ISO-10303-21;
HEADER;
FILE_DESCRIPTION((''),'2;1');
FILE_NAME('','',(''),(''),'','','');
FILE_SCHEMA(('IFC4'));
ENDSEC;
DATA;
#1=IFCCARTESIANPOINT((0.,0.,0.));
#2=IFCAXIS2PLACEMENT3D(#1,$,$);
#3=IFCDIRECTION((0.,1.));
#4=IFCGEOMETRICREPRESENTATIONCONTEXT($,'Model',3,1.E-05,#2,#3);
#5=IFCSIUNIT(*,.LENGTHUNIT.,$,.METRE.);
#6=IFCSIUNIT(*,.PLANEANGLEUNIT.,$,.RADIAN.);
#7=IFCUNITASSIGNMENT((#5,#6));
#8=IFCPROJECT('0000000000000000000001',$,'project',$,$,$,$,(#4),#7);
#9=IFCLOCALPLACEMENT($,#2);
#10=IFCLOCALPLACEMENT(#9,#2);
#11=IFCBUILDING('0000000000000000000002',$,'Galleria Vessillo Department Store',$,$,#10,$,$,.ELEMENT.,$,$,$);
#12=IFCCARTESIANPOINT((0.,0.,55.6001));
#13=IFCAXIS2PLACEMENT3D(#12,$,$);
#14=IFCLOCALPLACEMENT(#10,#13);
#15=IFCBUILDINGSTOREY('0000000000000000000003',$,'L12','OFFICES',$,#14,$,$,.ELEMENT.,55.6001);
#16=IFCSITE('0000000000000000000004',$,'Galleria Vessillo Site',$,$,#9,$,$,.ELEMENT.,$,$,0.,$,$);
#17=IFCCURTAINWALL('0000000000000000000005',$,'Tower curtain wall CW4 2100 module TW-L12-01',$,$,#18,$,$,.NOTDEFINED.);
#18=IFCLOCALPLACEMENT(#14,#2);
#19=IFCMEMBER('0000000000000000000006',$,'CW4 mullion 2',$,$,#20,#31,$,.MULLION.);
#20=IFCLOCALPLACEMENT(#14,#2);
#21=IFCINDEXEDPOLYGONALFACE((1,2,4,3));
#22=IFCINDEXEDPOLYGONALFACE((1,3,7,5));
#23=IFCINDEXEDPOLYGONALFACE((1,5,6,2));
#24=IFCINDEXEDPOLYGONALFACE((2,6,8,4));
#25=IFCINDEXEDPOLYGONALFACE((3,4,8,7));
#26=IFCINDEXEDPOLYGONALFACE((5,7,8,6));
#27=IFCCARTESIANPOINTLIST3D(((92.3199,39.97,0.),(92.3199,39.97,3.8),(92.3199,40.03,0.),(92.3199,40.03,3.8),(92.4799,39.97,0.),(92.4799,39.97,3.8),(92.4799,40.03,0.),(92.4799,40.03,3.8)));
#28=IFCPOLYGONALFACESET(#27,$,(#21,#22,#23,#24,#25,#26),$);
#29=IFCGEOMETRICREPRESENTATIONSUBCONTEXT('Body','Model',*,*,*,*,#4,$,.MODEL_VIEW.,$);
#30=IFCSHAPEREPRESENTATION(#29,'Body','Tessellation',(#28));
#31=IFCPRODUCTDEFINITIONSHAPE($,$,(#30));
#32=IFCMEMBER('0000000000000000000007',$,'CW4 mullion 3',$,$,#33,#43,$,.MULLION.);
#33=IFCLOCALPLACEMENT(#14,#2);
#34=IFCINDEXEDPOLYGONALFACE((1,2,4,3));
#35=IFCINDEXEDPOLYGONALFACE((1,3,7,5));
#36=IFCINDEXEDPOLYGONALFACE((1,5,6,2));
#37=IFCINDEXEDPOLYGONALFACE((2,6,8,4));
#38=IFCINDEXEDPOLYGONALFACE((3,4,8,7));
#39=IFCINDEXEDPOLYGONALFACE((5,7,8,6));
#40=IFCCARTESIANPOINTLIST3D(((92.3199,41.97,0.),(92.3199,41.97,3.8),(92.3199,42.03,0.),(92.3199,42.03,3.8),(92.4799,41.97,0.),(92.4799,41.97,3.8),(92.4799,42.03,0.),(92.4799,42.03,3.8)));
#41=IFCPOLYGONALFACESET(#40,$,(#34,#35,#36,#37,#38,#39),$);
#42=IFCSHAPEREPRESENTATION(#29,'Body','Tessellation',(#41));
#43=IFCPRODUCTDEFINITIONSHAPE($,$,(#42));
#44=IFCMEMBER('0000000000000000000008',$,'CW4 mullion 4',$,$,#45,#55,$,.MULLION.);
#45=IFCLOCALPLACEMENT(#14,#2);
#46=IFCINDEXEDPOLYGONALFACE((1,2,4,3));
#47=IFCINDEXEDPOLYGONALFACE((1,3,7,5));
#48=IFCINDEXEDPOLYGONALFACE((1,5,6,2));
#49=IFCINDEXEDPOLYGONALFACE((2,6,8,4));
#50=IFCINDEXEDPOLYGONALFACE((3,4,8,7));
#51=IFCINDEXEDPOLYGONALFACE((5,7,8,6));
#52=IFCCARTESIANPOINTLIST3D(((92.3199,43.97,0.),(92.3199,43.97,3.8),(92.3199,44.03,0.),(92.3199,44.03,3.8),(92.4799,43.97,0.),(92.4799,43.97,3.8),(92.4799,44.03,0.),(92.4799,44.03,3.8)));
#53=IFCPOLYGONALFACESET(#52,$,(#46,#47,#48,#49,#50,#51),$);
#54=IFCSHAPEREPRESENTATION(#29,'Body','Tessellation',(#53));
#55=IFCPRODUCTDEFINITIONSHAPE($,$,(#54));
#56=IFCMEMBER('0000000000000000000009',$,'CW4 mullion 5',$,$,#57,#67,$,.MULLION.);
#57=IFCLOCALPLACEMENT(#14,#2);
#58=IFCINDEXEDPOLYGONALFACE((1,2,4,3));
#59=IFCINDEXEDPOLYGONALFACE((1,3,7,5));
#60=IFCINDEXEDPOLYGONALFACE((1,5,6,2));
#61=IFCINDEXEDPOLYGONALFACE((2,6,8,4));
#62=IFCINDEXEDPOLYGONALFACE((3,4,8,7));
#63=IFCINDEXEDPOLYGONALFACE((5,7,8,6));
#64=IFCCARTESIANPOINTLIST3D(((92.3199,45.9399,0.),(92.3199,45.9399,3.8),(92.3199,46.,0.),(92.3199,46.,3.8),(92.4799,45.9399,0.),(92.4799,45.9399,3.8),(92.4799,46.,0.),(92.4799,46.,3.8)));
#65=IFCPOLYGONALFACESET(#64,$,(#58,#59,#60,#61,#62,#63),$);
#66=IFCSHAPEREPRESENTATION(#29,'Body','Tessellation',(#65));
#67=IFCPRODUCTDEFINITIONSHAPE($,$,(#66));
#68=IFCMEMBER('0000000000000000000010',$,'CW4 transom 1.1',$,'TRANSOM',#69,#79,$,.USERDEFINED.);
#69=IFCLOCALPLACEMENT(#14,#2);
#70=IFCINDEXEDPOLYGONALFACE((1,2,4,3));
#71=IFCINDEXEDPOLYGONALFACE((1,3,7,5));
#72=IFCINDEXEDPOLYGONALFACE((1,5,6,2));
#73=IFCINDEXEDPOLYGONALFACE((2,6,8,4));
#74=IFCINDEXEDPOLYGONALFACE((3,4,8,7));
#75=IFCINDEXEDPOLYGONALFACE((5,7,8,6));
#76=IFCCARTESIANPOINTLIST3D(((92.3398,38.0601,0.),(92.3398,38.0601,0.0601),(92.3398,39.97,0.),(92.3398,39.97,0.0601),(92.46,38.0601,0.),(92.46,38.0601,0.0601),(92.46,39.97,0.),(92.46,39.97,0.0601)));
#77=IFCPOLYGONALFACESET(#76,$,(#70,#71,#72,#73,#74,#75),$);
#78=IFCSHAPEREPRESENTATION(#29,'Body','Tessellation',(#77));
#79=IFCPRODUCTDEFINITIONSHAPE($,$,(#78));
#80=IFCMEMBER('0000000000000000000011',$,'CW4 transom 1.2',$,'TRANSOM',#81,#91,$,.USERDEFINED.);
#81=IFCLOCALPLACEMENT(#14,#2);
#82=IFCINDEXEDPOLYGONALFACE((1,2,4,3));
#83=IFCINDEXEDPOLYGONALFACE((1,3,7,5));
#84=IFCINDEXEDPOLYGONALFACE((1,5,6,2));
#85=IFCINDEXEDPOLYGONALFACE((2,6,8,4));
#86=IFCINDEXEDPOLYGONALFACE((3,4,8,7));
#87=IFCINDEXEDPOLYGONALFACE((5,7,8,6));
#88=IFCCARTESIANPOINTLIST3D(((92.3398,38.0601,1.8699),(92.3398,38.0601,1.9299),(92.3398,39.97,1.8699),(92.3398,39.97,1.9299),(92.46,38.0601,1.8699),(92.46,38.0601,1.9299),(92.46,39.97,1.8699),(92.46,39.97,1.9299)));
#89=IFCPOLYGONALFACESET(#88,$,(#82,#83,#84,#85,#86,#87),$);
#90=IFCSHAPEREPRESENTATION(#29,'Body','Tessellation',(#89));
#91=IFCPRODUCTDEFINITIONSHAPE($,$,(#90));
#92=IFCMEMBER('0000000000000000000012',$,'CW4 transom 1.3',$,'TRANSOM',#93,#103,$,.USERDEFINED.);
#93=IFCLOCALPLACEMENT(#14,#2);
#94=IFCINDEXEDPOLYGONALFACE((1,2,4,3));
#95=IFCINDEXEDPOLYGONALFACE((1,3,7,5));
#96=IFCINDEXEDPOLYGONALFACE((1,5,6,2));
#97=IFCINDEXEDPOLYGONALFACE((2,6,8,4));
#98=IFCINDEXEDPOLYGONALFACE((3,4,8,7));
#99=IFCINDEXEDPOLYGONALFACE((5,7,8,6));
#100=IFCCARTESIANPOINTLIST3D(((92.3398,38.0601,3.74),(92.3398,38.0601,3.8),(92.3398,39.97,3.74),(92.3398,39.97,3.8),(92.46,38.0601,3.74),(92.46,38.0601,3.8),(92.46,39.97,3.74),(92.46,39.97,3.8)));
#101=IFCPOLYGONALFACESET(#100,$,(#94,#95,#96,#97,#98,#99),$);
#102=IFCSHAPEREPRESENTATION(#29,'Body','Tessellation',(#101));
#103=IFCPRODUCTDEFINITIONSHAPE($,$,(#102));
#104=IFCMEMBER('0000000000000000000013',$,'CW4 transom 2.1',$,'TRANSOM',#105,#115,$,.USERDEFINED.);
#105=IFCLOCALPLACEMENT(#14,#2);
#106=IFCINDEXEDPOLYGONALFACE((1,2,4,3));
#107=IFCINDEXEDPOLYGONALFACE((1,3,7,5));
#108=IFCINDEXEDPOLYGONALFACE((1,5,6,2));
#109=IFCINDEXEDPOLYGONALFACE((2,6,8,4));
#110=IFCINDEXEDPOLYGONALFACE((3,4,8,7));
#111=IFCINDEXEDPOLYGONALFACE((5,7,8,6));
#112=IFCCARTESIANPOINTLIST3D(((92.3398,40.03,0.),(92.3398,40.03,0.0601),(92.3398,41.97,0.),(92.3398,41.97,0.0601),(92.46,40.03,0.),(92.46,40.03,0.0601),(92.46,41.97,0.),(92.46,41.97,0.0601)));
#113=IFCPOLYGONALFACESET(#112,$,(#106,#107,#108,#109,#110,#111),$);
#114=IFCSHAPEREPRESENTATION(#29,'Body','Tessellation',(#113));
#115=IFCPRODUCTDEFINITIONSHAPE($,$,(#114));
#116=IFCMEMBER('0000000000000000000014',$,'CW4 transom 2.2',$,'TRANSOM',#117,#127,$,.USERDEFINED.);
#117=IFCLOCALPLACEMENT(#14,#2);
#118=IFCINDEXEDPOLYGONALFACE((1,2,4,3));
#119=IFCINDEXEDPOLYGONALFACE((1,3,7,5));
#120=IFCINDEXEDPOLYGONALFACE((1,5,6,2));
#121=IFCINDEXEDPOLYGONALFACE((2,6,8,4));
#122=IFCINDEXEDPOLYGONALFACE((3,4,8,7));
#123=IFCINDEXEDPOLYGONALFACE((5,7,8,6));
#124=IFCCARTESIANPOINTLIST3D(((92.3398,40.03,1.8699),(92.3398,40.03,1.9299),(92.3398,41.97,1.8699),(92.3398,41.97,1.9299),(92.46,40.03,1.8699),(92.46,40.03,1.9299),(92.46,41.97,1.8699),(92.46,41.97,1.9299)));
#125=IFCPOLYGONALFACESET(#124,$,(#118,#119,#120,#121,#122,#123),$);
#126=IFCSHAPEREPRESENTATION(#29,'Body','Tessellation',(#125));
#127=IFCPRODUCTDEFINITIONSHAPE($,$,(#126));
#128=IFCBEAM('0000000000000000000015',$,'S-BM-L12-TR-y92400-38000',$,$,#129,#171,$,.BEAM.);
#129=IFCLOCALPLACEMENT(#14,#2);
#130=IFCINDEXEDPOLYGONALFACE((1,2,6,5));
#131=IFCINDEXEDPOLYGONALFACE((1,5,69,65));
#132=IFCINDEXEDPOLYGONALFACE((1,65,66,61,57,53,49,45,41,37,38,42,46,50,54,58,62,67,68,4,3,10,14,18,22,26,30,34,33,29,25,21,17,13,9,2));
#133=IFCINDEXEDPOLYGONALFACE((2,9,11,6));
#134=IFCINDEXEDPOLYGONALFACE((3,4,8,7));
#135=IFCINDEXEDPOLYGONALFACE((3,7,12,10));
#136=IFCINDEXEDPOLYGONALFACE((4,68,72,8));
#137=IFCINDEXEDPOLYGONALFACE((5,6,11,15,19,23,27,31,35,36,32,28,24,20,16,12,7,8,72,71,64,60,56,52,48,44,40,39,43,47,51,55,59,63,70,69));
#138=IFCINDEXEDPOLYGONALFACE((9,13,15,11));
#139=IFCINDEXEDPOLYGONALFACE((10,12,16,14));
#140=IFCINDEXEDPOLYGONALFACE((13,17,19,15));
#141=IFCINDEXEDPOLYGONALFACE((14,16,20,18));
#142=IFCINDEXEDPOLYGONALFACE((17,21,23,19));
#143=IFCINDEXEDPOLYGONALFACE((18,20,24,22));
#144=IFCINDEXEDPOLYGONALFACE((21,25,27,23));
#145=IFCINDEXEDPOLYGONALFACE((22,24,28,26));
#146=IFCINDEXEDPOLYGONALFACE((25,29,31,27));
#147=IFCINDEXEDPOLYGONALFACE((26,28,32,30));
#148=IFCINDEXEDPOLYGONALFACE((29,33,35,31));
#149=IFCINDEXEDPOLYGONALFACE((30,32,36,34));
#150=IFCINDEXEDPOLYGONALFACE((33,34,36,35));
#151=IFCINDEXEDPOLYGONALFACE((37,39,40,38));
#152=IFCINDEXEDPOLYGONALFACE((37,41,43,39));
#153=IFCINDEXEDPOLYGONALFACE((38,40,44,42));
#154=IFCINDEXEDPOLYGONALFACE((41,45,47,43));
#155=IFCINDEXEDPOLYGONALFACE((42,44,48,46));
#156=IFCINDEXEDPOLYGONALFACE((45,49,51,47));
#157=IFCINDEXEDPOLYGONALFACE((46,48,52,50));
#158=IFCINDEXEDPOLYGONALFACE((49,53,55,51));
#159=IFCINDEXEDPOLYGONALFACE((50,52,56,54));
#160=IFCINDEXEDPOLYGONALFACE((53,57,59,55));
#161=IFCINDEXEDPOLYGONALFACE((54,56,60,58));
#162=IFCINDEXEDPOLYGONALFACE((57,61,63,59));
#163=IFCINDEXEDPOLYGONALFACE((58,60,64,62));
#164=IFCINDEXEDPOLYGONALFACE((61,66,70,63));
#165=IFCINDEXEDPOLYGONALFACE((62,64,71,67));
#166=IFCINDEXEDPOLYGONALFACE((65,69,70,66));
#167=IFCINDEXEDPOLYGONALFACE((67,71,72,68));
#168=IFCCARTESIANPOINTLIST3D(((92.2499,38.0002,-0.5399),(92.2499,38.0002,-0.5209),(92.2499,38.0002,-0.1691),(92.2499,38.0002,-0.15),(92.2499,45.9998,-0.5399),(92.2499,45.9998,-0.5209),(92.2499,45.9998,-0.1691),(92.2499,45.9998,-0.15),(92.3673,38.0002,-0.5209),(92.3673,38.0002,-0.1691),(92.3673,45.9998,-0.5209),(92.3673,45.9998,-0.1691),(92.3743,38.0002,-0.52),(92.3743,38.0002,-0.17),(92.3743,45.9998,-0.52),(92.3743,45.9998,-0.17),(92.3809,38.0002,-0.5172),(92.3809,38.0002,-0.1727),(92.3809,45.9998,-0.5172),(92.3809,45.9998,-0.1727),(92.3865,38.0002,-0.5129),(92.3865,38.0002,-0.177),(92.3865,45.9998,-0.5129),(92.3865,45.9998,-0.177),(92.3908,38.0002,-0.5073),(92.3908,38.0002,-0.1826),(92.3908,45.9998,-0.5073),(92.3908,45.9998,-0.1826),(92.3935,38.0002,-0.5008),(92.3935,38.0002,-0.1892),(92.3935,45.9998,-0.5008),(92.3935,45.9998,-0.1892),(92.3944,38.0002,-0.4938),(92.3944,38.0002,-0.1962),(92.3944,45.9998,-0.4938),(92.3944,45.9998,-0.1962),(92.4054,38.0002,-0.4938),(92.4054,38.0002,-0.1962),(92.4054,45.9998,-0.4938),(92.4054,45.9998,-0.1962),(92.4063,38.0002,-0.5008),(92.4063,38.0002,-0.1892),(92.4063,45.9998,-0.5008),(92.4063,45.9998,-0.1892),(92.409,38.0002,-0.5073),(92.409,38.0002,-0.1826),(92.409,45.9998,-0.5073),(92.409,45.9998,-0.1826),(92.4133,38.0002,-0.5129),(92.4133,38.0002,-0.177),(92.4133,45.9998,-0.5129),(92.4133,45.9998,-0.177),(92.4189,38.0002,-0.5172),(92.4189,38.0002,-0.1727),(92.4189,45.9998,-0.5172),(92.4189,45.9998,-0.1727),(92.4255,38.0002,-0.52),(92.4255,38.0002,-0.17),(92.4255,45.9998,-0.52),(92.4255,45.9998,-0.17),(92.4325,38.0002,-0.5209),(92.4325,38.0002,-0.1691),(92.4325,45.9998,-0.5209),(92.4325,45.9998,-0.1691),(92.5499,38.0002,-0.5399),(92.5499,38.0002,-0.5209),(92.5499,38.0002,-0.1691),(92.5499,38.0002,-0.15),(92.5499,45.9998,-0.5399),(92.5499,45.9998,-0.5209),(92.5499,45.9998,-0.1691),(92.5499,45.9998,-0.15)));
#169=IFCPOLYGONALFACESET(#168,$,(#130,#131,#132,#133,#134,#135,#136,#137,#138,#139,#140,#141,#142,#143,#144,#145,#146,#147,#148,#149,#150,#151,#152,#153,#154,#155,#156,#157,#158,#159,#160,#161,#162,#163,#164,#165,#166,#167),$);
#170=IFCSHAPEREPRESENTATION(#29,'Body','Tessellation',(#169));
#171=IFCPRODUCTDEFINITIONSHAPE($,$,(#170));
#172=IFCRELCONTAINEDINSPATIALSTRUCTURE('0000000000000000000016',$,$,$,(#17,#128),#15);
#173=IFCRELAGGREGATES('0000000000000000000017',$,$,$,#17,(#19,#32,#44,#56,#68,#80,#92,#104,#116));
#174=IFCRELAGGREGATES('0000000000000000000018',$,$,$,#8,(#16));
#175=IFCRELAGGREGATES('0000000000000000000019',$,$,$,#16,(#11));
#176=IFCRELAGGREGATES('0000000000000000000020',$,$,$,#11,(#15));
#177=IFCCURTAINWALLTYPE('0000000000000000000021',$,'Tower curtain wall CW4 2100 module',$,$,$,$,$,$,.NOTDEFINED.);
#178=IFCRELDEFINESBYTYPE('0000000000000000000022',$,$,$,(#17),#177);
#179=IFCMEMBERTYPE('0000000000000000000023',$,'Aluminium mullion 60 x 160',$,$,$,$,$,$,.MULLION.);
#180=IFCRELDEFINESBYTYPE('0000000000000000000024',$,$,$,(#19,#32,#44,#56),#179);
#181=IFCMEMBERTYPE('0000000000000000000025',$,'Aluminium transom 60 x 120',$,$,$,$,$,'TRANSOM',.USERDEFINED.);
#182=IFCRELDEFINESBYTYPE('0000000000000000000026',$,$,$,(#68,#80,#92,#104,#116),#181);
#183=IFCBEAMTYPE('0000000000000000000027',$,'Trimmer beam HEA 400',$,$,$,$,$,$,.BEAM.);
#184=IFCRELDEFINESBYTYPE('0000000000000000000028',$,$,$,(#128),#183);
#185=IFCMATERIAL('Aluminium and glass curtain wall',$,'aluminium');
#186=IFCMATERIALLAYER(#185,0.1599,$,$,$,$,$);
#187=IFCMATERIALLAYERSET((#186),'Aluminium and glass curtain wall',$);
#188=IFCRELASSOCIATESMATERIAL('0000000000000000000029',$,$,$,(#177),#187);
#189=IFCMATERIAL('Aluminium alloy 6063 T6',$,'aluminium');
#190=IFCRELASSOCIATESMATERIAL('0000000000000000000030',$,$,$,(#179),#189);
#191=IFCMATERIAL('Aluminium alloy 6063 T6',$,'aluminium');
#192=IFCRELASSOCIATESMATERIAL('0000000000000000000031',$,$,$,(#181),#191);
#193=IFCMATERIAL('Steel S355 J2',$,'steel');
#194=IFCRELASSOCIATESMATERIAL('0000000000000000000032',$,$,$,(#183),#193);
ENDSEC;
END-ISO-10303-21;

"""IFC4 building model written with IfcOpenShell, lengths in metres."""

from ifc_helpers import new_model, si_unit, direction, frame, origin, origin_2d, place, context, subcontext, project, spatial, rectangle, i_section, extrude, material, layer, layer_set, material_profile, profile_set, type_object, element, aggregate, save


model = new_model("IFC4")

# Units and contexts
model_context = context("Model", 3, precision=1e-05, world=origin(), true_north=direction((0.0, 1.0)))
body_context = subcontext(model_context, "Body", "Model", "MODEL_VIEW")
ifc_project = project(units=[si_unit("LENGTHUNIT", "METRE"), si_unit("PLANEANGLEUNIT", "RADIAN")], contexts=[model_context])

# Site, building, storey
site_placement = place(None, origin())
site = spatial("IfcSite", under=ifc_project, at=site_placement, Name="Galleria Vessillo Site", CompositionType="ELEMENT", RefElevation=0.0)
building_placement = place(site_placement, origin())
building = spatial("IfcBuilding", under=site, at=building_placement, Name="Galleria Vessillo Department Store", CompositionType="ELEMENT")
storey_placement = place(building_placement, frame((0.0, 0.0, 55.6001)))
storey = spatial("IfcBuildingStorey", under=building, at=storey_placement, Name="L12", Description="OFFICES", CompositionType="ELEMENT", Elevation=55.6001)

# Curtain wall, members
ifc_material_1 = material(Name="Aluminium and glass curtain wall", Category="aluminium")
ifc_layer_1 = layer(ifc_material_1, 0.1599)
ifc_layer_set_1 = layer_set([ifc_layer_1], Name="Aluminium and glass curtain wall")
curtain_wall_type = type_object("IfcCurtainWallType", Name="Tower curtain wall CW4 2100 module", PredefinedType="NOTDEFINED", material=ifc_layer_set_1)
curtain_wall_placement = place(storey_placement, origin())
curtain_wall = element("IfcCurtainWall", 1, at=curtain_wall_placement, inside=storey, type_object=curtain_wall_type, Name="Tower curtain wall CW4 2100 module TW-L12-01", PredefinedType="NOTDEFINED")
ifc_material_2 = material(Name="Aluminium alloy 6063 T6", Category="aluminium")
ifc_material_profile_1 = material_profile(ifc_material_2, rectangle(XDim=0.1599, YDim=0.0601, at=origin_2d()), Name="AL 60x160")
ifc_profile_set_1 = profile_set([ifc_material_profile_1], Name="Aluminium alloy 6063 T6")
member_type_1 = type_object("IfcMemberType", Name="Aluminium mullion 60 x 160", PredefinedType="MULLION", material=ifc_profile_set_1)
member_1_placement = place(storey_placement, frame((92.3999, 40.0, 0.0), z_axis=(0.0, 0.0, 1.0), x_axis=(-1.0, 0.0, 0.0)))
member_1 = element("IfcMember", 2, at=member_1_placement, type_object=member_type_1, Name="CW4 mullion 2", PredefinedType="MULLION", context=body_context, shape_type="SweptSolid", body=[
    extrude(rectangle(XDim=0.1599, YDim=0.0601, at=origin_2d()), origin(), (0.0, 0.0, 1.0), 3.8),
])
member_2_placement = place(storey_placement, frame((92.3999, 42.0, 0.0), z_axis=(0.0, 0.0, 1.0), x_axis=(-1.0, 0.0, 0.0)))
member_2 = element("IfcMember", 3, at=member_2_placement, type_object=member_type_1, Name="CW4 mullion 3", PredefinedType="MULLION", context=body_context, shape_type="SweptSolid", body=[
    extrude(rectangle(XDim=0.1599, YDim=0.0601, at=origin_2d()), origin(), (0.0, 0.0, 1.0), 3.8),
])
member_3_placement = place(storey_placement, frame((92.3999, 44.0, 0.0), z_axis=(0.0, 0.0, 1.0), x_axis=(-1.0, 0.0, 0.0)))
member_3 = element("IfcMember", 4, at=member_3_placement, type_object=member_type_1, Name="CW4 mullion 4", PredefinedType="MULLION", context=body_context, shape_type="SweptSolid", body=[
    extrude(rectangle(XDim=0.1599, YDim=0.0601, at=origin_2d()), origin(), (0.0, 0.0, 1.0), 3.8),
])
member_4_placement = place(storey_placement, frame((92.3999, 45.97, 0.0), z_axis=(0.0, 0.0, 1.0), x_axis=(-1.0, 0.0, 0.0)))
member_4 = element("IfcMember", 5, at=member_4_placement, type_object=member_type_1, Name="CW4 mullion 5", PredefinedType="MULLION", context=body_context, shape_type="SweptSolid", body=[
    extrude(rectangle(XDim=0.1599, YDim=0.0601, at=origin_2d()), origin(), (0.0, 0.0, 1.0), 3.8),
])
ifc_material_3 = material(Name="Aluminium alloy 6063 T6", Category="aluminium")
ifc_material_profile_2 = material_profile(ifc_material_3, rectangle(XDim=0.1201, YDim=0.0601, at=origin_2d()), Name="AL 60x120")
ifc_profile_set_2 = profile_set([ifc_material_profile_2], Name="Aluminium alloy 6063 T6")
member_type_2 = type_object("IfcMemberType", Name="Aluminium transom 60 x 120", ElementType="TRANSOM", PredefinedType="USERDEFINED", material=ifc_profile_set_2)
member_5_placement = place(storey_placement, frame((92.3999, 38.0601, 0.03), z_axis=(0.0, 1.0, 0.0), x_axis=(-1.0, 0.0, 0.0)))
member_5 = element("IfcMember", 6, at=member_5_placement, type_object=member_type_2, Name="CW4 transom 1.1", ObjectType="TRANSOM", PredefinedType="USERDEFINED", context=body_context, shape_type="SweptSolid", body=[
    extrude(rectangle(XDim=0.1201, YDim=0.0601, at=origin_2d()), origin(), (0.0, 0.0, 1.0), 1.9099),
])
member_6_placement = place(storey_placement, frame((92.3999, 38.0601, 1.8999), z_axis=(0.0, 1.0, 0.0), x_axis=(-1.0, 0.0, 0.0)))
member_6 = element("IfcMember", 7, at=member_6_placement, type_object=member_type_2, Name="CW4 transom 1.2", ObjectType="TRANSOM", PredefinedType="USERDEFINED", context=body_context, shape_type="SweptSolid", body=[
    extrude(rectangle(XDim=0.1201, YDim=0.0601, at=origin_2d()), origin(), (0.0, 0.0, 1.0), 1.9099),
])
member_7_placement = place(storey_placement, frame((92.3999, 38.0601, 3.77), z_axis=(0.0, 1.0, 0.0), x_axis=(-1.0, 0.0, 0.0)))
member_7 = element("IfcMember", 8, at=member_7_placement, type_object=member_type_2, Name="CW4 transom 1.3", ObjectType="TRANSOM", PredefinedType="USERDEFINED", context=body_context, shape_type="SweptSolid", body=[
    extrude(rectangle(XDim=0.1201, YDim=0.0601, at=origin_2d()), origin(), (0.0, 0.0, 1.0), 1.9099),
])
member_8_placement = place(storey_placement, frame((92.3999, 40.03, 0.03), z_axis=(0.0, 1.0, 0.0), x_axis=(-1.0, 0.0, 0.0)))
member_8 = element("IfcMember", 9, at=member_8_placement, type_object=member_type_2, Name="CW4 transom 2.1", ObjectType="TRANSOM", PredefinedType="USERDEFINED", context=body_context, shape_type="SweptSolid", body=[
    extrude(rectangle(XDim=0.1201, YDim=0.0601, at=origin_2d()), origin(), (0.0, 0.0, 1.0), 1.9399),
])
member_9_placement = place(storey_placement, frame((92.3999, 40.03, 1.8999), z_axis=(0.0, 1.0, 0.0), x_axis=(-1.0, 0.0, 0.0)))
member_9 = element("IfcMember", 10, at=member_9_placement, type_object=member_type_2, Name="CW4 transom 2.2", ObjectType="TRANSOM", PredefinedType="USERDEFINED", context=body_context, shape_type="SweptSolid", body=[
    extrude(rectangle(XDim=0.1201, YDim=0.0601, at=origin_2d()), origin(), (0.0, 0.0, 1.0), 1.9399),
])

# Beam
ifc_material_4 = material(Name="Steel S355 J2", Category="steel")
ifc_material_profile_3 = material_profile(ifc_material_4, i_section(OverallWidth=0.3, OverallDepth=0.3899, WebThickness=0.011, FlangeThickness=0.019, FilletRadius=0.0271, at=origin_2d()), Name="HEA 400")
ifc_profile_set_3 = profile_set([ifc_material_profile_3], Name="Steel S355 J2")
beam_type = type_object("IfcBeamType", Name="Trimmer beam HEA 400", PredefinedType="BEAM", material=ifc_profile_set_3)
beam_placement = place(storey_placement, frame((92.3999, 38.0002, -0.345), z_axis=(0.0, 1.0, 0.0), x_axis=(-1.0, 0.0, 0.0)))
element("IfcBeam", 11, at=beam_placement, inside=storey, type_object=beam_type, Name="S-BM-L12-TR-y92400-38000", PredefinedType="BEAM", context=body_context, shape_type="SweptSolid", body=[
    extrude(i_section(OverallWidth=0.3, OverallDepth=0.3899, WebThickness=0.011, FlangeThickness=0.019, FilletRadius=0.0271, at=origin_2d()), origin(), (0.0, 0.0, 1.0), 7.9995),
])

aggregate(curtain_wall, [member_1, member_2, member_3, member_4, member_5, member_6, member_7, member_8, member_9])

save(model, "model.ifc")
